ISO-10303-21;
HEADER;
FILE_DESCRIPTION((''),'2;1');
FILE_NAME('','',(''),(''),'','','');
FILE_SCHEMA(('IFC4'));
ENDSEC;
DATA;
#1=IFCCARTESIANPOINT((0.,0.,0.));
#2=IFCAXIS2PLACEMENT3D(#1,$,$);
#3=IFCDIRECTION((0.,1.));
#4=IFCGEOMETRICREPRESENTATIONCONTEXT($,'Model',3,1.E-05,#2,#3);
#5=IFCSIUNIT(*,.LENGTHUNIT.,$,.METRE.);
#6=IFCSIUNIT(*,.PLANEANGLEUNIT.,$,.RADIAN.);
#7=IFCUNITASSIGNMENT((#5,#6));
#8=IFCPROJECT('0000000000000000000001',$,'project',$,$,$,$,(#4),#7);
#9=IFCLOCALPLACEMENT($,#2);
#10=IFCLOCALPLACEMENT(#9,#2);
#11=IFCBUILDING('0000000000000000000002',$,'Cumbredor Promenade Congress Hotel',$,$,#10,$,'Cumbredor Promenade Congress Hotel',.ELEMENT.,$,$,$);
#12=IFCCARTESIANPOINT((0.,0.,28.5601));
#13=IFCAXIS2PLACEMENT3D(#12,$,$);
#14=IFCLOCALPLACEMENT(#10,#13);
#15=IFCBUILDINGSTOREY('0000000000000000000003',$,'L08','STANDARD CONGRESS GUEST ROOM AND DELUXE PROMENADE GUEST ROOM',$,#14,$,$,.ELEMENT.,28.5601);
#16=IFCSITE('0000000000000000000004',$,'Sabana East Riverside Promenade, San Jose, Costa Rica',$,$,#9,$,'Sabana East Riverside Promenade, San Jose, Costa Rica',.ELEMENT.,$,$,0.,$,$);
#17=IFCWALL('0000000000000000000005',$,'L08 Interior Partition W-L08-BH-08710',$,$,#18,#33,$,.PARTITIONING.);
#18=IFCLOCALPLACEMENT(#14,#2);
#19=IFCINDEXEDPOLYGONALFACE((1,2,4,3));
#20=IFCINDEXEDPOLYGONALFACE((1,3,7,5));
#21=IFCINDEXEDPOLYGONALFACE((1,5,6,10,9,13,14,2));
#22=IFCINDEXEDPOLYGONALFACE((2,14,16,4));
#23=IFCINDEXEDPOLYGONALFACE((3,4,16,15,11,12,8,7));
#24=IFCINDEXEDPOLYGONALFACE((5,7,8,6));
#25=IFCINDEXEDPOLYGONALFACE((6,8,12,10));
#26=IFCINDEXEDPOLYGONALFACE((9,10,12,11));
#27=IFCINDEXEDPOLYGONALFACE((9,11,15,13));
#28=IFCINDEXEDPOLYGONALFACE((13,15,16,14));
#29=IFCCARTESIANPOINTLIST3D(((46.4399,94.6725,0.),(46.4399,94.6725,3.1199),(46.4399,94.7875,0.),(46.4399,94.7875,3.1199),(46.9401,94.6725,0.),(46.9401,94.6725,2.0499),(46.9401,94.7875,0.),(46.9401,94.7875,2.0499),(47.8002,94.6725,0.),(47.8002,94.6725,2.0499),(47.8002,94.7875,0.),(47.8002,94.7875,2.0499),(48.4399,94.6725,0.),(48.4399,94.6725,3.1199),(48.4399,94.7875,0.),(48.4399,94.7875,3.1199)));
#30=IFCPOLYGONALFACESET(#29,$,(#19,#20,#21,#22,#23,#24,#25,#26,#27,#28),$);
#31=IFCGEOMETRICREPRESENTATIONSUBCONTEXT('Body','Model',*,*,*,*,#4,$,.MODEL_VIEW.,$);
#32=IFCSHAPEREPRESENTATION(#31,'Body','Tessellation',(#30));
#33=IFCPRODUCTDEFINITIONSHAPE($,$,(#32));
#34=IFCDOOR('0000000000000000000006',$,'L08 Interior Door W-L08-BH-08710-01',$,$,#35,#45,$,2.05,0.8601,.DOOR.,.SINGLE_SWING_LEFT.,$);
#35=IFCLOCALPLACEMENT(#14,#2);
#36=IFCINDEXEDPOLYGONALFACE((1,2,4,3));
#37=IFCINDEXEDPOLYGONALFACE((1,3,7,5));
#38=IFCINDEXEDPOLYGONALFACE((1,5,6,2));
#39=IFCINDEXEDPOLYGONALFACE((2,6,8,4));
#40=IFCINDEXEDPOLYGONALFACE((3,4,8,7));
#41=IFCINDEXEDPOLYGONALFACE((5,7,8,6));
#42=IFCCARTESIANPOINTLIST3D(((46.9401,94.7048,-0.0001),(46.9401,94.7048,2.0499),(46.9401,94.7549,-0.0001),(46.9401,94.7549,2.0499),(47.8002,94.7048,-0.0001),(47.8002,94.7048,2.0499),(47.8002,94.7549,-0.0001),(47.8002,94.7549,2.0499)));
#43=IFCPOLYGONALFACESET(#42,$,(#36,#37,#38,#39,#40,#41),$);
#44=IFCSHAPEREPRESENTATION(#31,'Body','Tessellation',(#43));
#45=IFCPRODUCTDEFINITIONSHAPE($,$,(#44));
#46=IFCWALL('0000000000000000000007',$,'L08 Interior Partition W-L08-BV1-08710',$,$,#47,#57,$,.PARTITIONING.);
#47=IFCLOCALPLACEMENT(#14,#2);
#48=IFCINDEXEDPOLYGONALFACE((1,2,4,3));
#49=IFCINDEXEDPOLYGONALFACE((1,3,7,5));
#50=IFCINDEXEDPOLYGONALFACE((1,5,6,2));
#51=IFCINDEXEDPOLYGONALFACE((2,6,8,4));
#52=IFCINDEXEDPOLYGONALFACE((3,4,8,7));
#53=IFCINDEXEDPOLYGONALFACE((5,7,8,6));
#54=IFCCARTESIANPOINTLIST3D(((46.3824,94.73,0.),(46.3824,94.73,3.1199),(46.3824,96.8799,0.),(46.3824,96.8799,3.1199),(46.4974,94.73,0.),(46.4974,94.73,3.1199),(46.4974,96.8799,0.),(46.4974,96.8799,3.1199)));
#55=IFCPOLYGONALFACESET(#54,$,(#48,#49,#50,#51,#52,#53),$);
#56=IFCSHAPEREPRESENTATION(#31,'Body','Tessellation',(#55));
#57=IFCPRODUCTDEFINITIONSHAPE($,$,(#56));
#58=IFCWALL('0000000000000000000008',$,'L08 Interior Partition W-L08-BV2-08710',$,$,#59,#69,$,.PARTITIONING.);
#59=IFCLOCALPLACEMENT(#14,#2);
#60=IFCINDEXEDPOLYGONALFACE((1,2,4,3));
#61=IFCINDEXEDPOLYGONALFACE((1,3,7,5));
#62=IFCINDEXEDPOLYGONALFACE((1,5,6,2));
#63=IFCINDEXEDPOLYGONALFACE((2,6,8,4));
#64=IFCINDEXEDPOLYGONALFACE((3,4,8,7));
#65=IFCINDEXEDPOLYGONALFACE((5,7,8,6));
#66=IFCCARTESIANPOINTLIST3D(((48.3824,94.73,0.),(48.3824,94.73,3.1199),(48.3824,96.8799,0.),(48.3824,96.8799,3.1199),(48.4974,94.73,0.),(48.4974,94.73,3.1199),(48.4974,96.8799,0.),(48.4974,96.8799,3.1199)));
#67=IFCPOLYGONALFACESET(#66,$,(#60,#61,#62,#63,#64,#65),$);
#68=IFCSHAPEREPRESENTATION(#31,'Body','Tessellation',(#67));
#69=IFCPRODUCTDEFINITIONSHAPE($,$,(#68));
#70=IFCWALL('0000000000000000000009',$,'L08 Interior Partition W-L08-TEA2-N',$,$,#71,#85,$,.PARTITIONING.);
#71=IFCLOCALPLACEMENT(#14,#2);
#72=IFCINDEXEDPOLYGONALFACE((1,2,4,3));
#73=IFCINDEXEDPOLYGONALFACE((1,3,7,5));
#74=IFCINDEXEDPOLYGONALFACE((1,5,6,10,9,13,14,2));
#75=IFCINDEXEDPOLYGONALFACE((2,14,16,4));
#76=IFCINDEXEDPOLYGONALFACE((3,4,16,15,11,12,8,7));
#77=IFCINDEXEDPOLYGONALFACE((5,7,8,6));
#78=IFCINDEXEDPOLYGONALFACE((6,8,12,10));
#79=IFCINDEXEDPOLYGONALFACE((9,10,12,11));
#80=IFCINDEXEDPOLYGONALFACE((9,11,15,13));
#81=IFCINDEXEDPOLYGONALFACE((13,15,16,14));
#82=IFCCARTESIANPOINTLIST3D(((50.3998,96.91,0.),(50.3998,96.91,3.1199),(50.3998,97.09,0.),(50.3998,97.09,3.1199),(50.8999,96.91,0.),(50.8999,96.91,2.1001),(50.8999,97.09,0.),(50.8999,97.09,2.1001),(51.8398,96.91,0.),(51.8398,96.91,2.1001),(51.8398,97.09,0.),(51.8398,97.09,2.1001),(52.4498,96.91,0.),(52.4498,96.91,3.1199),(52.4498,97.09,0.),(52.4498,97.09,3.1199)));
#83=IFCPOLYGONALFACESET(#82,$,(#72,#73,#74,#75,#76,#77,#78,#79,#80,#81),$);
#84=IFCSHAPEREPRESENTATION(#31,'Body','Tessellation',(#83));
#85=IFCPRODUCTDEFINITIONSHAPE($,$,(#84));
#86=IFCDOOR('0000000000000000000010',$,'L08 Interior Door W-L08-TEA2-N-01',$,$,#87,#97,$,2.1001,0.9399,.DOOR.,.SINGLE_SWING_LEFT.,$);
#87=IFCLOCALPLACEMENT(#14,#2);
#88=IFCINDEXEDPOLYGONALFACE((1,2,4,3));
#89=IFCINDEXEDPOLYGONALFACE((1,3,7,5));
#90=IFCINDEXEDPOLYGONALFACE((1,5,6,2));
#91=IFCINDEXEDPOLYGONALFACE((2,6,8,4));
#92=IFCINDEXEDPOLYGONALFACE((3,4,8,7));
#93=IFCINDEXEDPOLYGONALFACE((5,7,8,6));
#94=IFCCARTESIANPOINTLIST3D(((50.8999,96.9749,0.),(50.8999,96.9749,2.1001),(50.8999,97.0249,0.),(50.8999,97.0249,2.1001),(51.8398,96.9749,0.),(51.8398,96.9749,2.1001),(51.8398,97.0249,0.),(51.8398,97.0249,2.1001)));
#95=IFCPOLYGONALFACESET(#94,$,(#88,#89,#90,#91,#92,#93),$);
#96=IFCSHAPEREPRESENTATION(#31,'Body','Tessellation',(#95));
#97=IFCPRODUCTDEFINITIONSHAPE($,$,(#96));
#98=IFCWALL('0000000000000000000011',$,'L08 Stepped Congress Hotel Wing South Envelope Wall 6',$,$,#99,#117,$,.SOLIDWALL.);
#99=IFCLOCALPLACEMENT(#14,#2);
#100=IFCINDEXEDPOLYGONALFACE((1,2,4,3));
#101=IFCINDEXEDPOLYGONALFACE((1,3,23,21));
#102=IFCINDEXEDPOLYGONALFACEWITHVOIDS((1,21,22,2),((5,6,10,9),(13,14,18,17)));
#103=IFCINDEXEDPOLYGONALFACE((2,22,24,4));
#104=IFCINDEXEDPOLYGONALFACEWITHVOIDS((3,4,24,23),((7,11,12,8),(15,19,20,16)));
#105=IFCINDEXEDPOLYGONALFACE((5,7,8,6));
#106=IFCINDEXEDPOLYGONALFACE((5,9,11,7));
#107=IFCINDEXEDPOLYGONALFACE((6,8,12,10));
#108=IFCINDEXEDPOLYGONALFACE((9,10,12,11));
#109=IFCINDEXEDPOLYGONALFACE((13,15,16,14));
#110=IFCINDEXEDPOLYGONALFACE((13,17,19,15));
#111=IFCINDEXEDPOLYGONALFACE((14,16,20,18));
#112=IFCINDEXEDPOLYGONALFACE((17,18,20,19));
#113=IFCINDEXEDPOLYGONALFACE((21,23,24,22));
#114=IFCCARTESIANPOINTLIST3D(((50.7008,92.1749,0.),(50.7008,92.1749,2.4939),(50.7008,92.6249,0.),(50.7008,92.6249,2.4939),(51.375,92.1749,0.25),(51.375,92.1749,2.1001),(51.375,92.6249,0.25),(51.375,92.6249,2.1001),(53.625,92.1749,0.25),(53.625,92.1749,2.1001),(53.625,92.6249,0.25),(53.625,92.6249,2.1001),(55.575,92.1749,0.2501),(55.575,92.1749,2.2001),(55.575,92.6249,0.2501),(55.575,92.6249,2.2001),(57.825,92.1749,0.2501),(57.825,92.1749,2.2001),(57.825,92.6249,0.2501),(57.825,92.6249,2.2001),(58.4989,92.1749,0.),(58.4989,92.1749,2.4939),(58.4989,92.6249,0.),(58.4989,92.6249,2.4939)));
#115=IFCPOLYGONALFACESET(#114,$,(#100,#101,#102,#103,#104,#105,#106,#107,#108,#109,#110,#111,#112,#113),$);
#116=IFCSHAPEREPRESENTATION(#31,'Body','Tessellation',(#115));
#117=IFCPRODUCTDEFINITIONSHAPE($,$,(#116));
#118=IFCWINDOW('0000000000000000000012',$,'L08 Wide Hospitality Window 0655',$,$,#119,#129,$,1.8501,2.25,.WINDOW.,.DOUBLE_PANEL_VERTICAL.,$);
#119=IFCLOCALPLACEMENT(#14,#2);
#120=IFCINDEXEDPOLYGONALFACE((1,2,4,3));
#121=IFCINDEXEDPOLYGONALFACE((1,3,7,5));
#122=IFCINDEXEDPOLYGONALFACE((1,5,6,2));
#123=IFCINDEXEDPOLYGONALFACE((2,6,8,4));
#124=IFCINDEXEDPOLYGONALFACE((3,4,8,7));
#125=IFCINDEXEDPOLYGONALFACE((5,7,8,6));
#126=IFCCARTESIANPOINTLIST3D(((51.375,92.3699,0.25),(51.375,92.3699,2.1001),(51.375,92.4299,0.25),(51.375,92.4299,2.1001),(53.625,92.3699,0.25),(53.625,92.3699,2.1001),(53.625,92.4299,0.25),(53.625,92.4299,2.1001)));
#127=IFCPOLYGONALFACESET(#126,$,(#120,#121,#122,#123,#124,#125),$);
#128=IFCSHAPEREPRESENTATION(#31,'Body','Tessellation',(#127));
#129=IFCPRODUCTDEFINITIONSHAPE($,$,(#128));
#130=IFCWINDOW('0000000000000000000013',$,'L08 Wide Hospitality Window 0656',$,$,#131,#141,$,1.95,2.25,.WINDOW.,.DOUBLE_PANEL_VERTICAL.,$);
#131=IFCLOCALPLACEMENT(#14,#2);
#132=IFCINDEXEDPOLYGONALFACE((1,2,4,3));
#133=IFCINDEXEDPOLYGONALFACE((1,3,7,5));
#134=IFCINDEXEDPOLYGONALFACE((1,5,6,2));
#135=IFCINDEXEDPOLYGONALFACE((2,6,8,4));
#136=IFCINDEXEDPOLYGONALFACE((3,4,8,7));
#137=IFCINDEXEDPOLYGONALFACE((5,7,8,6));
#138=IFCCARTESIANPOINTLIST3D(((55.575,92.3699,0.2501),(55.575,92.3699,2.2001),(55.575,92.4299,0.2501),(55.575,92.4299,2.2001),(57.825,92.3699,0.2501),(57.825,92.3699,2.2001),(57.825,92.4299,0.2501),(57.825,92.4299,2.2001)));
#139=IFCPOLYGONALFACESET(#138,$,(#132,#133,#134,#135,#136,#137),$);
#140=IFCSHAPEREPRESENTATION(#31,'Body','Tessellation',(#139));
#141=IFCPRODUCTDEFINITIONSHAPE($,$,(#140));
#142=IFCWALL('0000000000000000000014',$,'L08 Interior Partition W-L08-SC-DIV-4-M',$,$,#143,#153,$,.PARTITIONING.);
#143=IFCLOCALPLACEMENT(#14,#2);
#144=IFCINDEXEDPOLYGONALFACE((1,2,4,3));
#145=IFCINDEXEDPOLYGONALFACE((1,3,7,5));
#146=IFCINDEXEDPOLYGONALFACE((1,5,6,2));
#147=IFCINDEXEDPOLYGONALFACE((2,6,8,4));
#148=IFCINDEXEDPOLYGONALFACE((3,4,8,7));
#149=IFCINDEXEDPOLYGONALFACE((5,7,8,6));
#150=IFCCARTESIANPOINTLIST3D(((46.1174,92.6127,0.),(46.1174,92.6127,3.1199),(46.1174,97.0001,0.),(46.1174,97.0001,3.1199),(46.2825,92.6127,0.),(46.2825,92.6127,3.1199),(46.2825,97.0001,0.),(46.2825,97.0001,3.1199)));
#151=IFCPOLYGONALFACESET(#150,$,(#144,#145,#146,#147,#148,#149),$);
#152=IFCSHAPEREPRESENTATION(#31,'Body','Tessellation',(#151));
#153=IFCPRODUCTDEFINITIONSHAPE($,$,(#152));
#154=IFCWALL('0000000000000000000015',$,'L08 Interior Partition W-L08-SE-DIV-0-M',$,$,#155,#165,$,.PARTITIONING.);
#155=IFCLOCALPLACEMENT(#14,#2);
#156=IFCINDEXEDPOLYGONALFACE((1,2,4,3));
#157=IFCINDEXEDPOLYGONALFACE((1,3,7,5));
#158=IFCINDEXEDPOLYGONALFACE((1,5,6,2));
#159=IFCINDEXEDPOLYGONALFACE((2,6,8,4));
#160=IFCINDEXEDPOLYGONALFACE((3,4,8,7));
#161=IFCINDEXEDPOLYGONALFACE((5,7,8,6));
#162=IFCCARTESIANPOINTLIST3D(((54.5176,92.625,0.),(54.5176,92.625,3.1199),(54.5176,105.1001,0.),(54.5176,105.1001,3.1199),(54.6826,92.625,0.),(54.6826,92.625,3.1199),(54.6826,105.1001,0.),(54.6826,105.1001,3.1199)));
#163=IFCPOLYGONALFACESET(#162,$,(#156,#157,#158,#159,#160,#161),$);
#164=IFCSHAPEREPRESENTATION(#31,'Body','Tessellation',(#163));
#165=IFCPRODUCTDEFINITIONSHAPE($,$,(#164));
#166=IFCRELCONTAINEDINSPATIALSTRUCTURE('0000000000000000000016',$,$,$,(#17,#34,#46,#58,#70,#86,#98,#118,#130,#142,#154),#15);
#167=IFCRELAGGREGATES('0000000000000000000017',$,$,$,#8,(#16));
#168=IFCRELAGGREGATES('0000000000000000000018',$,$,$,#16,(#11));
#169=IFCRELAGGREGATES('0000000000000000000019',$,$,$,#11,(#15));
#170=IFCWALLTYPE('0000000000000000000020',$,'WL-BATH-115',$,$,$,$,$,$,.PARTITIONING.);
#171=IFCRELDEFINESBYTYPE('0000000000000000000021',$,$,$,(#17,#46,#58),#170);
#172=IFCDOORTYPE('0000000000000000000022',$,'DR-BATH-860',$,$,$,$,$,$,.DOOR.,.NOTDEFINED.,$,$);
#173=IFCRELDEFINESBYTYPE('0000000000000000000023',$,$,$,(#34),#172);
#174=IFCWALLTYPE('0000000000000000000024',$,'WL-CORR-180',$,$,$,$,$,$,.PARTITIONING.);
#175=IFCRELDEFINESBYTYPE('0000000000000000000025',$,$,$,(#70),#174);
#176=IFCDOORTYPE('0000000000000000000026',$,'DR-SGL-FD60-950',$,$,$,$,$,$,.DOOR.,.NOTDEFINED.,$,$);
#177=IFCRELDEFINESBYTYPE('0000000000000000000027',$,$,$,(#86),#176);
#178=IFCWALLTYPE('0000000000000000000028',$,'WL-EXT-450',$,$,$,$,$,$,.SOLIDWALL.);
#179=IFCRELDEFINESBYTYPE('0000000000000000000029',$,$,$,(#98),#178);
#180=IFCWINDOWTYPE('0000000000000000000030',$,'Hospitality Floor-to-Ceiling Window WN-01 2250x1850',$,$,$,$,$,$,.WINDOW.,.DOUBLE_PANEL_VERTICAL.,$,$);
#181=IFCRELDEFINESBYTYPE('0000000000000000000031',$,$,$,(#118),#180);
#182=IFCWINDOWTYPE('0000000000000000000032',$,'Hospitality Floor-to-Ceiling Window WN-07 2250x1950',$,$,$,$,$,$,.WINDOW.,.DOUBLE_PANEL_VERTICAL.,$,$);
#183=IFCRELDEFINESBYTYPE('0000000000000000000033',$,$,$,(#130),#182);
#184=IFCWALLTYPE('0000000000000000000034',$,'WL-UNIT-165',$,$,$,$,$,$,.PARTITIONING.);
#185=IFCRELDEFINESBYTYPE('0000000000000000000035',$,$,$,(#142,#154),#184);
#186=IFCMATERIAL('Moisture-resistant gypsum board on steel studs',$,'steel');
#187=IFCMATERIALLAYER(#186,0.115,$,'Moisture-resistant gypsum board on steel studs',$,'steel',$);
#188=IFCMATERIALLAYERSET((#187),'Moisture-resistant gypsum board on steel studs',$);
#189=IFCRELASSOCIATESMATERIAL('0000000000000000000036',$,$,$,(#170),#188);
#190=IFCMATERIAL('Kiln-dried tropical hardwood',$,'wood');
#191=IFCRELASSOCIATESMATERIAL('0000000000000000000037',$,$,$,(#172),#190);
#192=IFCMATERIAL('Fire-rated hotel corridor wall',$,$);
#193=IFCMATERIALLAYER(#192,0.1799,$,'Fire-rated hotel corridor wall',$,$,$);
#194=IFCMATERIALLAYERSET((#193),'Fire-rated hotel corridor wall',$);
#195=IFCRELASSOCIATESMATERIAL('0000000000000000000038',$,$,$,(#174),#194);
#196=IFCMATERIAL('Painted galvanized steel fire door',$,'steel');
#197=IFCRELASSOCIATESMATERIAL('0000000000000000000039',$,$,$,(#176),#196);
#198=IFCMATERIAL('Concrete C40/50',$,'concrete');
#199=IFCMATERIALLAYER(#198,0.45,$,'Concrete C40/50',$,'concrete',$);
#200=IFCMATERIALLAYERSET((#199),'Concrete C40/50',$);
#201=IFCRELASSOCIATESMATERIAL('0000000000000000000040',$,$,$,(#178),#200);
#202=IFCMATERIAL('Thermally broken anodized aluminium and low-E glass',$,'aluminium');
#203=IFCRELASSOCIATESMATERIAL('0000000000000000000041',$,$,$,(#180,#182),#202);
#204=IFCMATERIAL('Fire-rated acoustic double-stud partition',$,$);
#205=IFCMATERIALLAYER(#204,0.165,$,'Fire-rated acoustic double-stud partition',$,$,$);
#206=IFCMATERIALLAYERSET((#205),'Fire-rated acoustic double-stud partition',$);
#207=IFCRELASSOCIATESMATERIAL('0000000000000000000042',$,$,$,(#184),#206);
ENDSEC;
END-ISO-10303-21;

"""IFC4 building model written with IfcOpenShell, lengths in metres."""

from ifc_helpers import new_model, si_unit, direction, frame, frame_2d, origin, place, context, subcontext, project, spatial, rectangle, extrude, material, layer, layer_set, type_object, element, fill, save


model = new_model("IFC4")

# Units and contexts
model_context = context("Model", 3, precision=1e-05, world=origin(), true_north=direction((0.0, 1.0)))
body_context = subcontext(model_context, "Body", "Model", "MODEL_VIEW")
ifc_project = project(units=[si_unit("LENGTHUNIT", "METRE"), si_unit("PLANEANGLEUNIT", "RADIAN")], contexts=[model_context])

# Site, building, storey
site_placement = place(None, origin())
site = spatial("IfcSite", under=ifc_project, at=site_placement, Name="Sabana East Riverside Promenade, San Jose, Costa Rica", LongName="Sabana East Riverside Promenade, San Jose, Costa Rica", CompositionType="ELEMENT", RefElevation=0.0)
building_placement = place(site_placement, origin())
building = spatial("IfcBuilding", under=site, at=building_placement, Name="Cumbredor Promenade Congress Hotel", LongName="Cumbredor Promenade Congress Hotel", CompositionType="ELEMENT")
storey_placement = place(building_placement, frame((0.0, 0.0, 28.5601)))
storey = spatial("IfcBuildingStorey", under=building, at=storey_placement, Name="L08", Description="STANDARD CONGRESS GUEST ROOM AND DELUXE PROMENADE GUEST ROOM", CompositionType="ELEMENT", Elevation=28.5601)

# Shared definitions
ifc_material_1 = material(Name="Concrete C40/50", Category="concrete")

# Shared definitions
ifc_material_2 = material(Name="Thermally broken anodized aluminium and low-E glass", Category="aluminium")
ifc_material_3 = material(Name="Kiln-dried tropical hardwood", Category="wood")

# Shared definitions
ifc_material_4 = material(Name="Moisture-resistant gypsum board on steel studs", Category="steel")
ifc_layer_1 = layer(ifc_material_4, 0.115, Name="Moisture-resistant gypsum board on steel studs", Category="steel")
ifc_layer_set_1 = layer_set([ifc_layer_1], Name="Moisture-resistant gypsum board on steel studs")
wall_type_1 = type_object("IfcWallType", Name="WL-BATH-115", PredefinedType="PARTITIONING", material=ifc_layer_set_1)

# Wall, opening, door
wall_1_placement = place(storey_placement, frame((46.4399, 94.73, 0.0), z_axis=(0.0, 0.0, 1.0), x_axis=(1.0, 0.0, 0.0)))
wall_1 = element("IfcWall", 1, at=wall_1_placement, inside=storey, type_object=wall_type_1, Name="L08 Interior Partition W-L08-BH-08710", PredefinedType="PARTITIONING", context=body_context, shape_type="SweptSolid", body=[
    extrude(rectangle(XDim=2.0, YDim=0.115, at=frame_2d((1.0, 0.0))), origin(), (0.0, 0.0, 1.0), 3.1199),
])
opening_1_placement = place(wall_1_placement, frame((0.5, 0.0, 0.0)))
opening_1 = element("IfcOpeningElement", 2, at=opening_1_placement, cuts=wall_1, PredefinedType="OPENING", context=body_context, shape_type="SweptSolid", body=[
    extrude(rectangle(XDim=0.8601, YDim=2.05, at=frame_2d((0.4302, 1.0249))), frame((0.0, 0.0674, 0.0), z_axis=(0.0, -1.0, 0.0), x_axis=(1.0, 0.0, 0.0)), (0.0, 0.0, 1.0), 0.135),
])
door_type_1 = type_object("IfcDoorType", Name="DR-BATH-860", OperationType="NOTDEFINED", PredefinedType="DOOR", material=ifc_material_3)
door_1_placement = place(opening_1_placement, origin())
door_1 = element("IfcDoor", 3, at=door_1_placement, inside=storey, type_object=door_type_1, Name="L08 Interior Door W-L08-BH-08710-01", OperationType="SINGLE_SWING_LEFT", OverallHeight=2.05, OverallWidth=0.8601, PredefinedType="DOOR", context=body_context, shape_type="SweptSolid", body=[
    extrude(rectangle(XDim=0.8601, YDim=2.05, at=frame_2d((0.4302, 1.0249))), frame((0.0, 0.0249, 0.0), z_axis=(0.0, -1.0, 0.0), x_axis=(1.0, 0.0, 0.0)), (0.0, 0.0, 1.0), 0.05),
])
fill(opening_1, door_1)

# Walls
for number, where, z_axis, x_axis, name in (
    (4, (46.4399, 94.73, 0.0), (0.0, 0.0, 1.0), (0.0, 1.0, 0.0), "L08 Interior Partition W-L08-BV1-08710"),
    (5, (48.4399, 94.73, 0.0), (0.0, 0.0, 1.0), (0.0, 1.0, 0.0), "L08 Interior Partition W-L08-BV2-08710"),
):
    element("IfcWall", number, at=place(storey_placement, frame(where, z_axis=z_axis, x_axis=x_axis)), inside=storey, type_object=wall_type_1, Name=name, PredefinedType="PARTITIONING", context=body_context, shape_type="SweptSolid", body=[
        extrude(rectangle(XDim=2.1499, YDim=0.115, at=frame_2d((1.075, 0.0))), origin(), (0.0, 0.0, 1.0), 3.1199),
    ])

# Wall, opening, door
ifc_material_5 = material(Name="Fire-rated hotel corridor wall")
ifc_layer_2 = layer(ifc_material_5, 0.1799, Name="Fire-rated hotel corridor wall")
ifc_layer_set_2 = layer_set([ifc_layer_2], Name="Fire-rated hotel corridor wall")
wall_type_2 = type_object("IfcWallType", Name="WL-CORR-180", PredefinedType="PARTITIONING", material=ifc_layer_set_2)
wall_2_placement = place(storey_placement, frame((50.3999, 97.0, 0.0), z_axis=(0.0, 0.0, 1.0), x_axis=(1.0, 0.0, 0.0)))
wall_2 = element("IfcWall", 6, at=wall_2_placement, inside=storey, type_object=wall_type_2, Name="L08 Interior Partition W-L08-TEA2-N", PredefinedType="PARTITIONING", context=body_context, shape_type="SweptSolid", body=[
    extrude(rectangle(XDim=2.05, YDim=0.1799, at=frame_2d((1.0249, 0.0))), origin(), (0.0, 0.0, 1.0), 3.1199),
])
opening_2_placement = place(wall_2_placement, frame((0.5, 0.0, 0.0)))
opening_2 = element("IfcOpeningElement", 7, at=opening_2_placement, cuts=wall_2, PredefinedType="OPENING", context=body_context, shape_type="SweptSolid", body=[
    extrude(rectangle(XDim=0.9399, YDim=2.1001, at=frame_2d((0.47, 1.05))), frame((0.0, 0.1001, 0.0), z_axis=(0.0, -1.0, 0.0), x_axis=(1.0, 0.0, 0.0)), (0.0, 0.0, 1.0), 0.2),
])
ifc_material_6 = material(Name="Painted galvanized steel fire door", Category="steel")
door_type_2 = type_object("IfcDoorType", Name="DR-SGL-FD60-950", OperationType="NOTDEFINED", PredefinedType="DOOR", material=ifc_material_6)
door_2_placement = place(opening_2_placement, origin())
door_2 = element("IfcDoor", 8, at=door_2_placement, inside=storey, type_object=door_type_2, Name="L08 Interior Door W-L08-TEA2-N-01", OperationType="SINGLE_SWING_LEFT", OverallHeight=2.1001, OverallWidth=0.9399, PredefinedType="DOOR", context=body_context, shape_type="SweptSolid", body=[
    extrude(rectangle(XDim=0.9399, YDim=2.1001, at=frame_2d((0.47, 1.05))), frame((0.0, 0.0249, 0.0), z_axis=(0.0, -1.0, 0.0), x_axis=(1.0, 0.0, 0.0)), (0.0, 0.0, 1.0), 0.05),
])
fill(opening_2, door_2)

# Wall, openings, windows
ifc_layer_3 = layer(ifc_material_1, 0.45, Name="Concrete C40/50", Category="concrete")
ifc_layer_set_3 = layer_set([ifc_layer_3], Name="Concrete C40/50")
wall_type_3 = type_object("IfcWallType", Name="WL-EXT-450", PredefinedType="SOLIDWALL", material=ifc_layer_set_3)
wall_3_placement = place(storey_placement, frame((50.7009, 92.3999, 0.0), z_axis=(0.0, 0.0, 1.0), x_axis=(1.0, 0.0, 0.0)))
wall_3 = element("IfcWall", 9, at=wall_3_placement, inside=storey, type_object=wall_type_3, Name="L08 Stepped Congress Hotel Wing South Envelope Wall 6", PredefinedType="SOLIDWALL", context=body_context, shape_type="SweptSolid", body=[
    extrude(rectangle(XDim=7.7981, YDim=0.45, at=frame_2d((3.8989, 0.0))), origin(), (0.0, 0.0, 1.0), 2.4939),
])
opening_3_placement = place(wall_3_placement, frame((0.6741, 0.0, 0.25)))
opening_3 = element("IfcOpeningElement", 10, at=opening_3_placement, cuts=wall_3, PredefinedType="OPENING", context=body_context, shape_type="SweptSolid", body=[
    extrude(rectangle(XDim=2.25, YDim=1.8501, at=frame_2d((1.125, 0.925))), frame((0.0, 0.2349, 0.0), z_axis=(0.0, -1.0, 0.0), x_axis=(1.0, 0.0, 0.0)), (0.0, 0.0, 1.0), 0.47),
])
opening_4_placement = place(wall_3_placement, frame((4.874, 0.0, 0.25)))
opening_4 = element("IfcOpeningElement", 11, at=opening_4_placement, cuts=wall_3, PredefinedType="OPENING", context=body_context, shape_type="SweptSolid", body=[
    extrude(rectangle(XDim=2.25, YDim=1.95, at=frame_2d((1.125, 0.9751))), frame((0.0, 0.2349, 0.0), z_axis=(0.0, -1.0, 0.0), x_axis=(1.0, 0.0, 0.0)), (0.0, 0.0, 1.0), 0.47),
])
window_type_1 = type_object("IfcWindowType", Name="Hospitality Floor-to-Ceiling Window WN-01 2250x1850", PartitioningType="DOUBLE_PANEL_VERTICAL", PredefinedType="WINDOW", material=ifc_material_2)
window_1_placement = place(opening_3_placement, origin())
window_1 = element("IfcWindow", 12, at=window_1_placement, inside=storey, type_object=window_type_1, Name="L08 Wide Hospitality Window 0655", OverallHeight=1.8501, OverallWidth=2.25, PartitioningType="DOUBLE_PANEL_VERTICAL", PredefinedType="WINDOW", context=body_context, shape_type="SweptSolid", body=[
    extrude(rectangle(XDim=2.25, YDim=1.8501, at=frame_2d((1.125, 0.925))), frame((0.0, 0.03, 0.0), z_axis=(0.0, -1.0, 0.0), x_axis=(1.0, 0.0, 0.0)), (0.0, 0.0, 1.0), 0.0601),
])
fill(opening_3, window_1)
window_type_2 = type_object("IfcWindowType", Name="Hospitality Floor-to-Ceiling Window WN-07 2250x1950", PartitioningType="DOUBLE_PANEL_VERTICAL", PredefinedType="WINDOW", material=ifc_material_2)
window_2_placement = place(opening_4_placement, origin())
window_2 = element("IfcWindow", 13, at=window_2_placement, inside=storey, type_object=window_type_2, Name="L08 Wide Hospitality Window 0656", OverallHeight=1.95, OverallWidth=2.25, PartitioningType="DOUBLE_PANEL_VERTICAL", PredefinedType="WINDOW", context=body_context, shape_type="SweptSolid", body=[
    extrude(rectangle(XDim=2.25, YDim=1.95, at=frame_2d((1.125, 0.9751))), frame((0.0, 0.03, 0.0), z_axis=(0.0, -1.0, 0.0), x_axis=(1.0, 0.0, 0.0)), (0.0, 0.0, 1.0), 0.0601),
])
fill(opening_4, window_2)

# Walls
ifc_material_7 = material(Name="Fire-rated acoustic double-stud partition")
ifc_layer_4 = layer(ifc_material_7, 0.165, Name="Fire-rated acoustic double-stud partition")
ifc_layer_set_4 = layer_set([ifc_layer_4], Name="Fire-rated acoustic double-stud partition")
wall_type_4 = type_object("IfcWallType", Name="WL-UNIT-165", PredefinedType="PARTITIONING", material=ifc_layer_set_4)
wall_4_placement = place(storey_placement, frame((46.2, 92.6125, 0.0), z_axis=(0.0, 0.0, 1.0), x_axis=(0.0, 1.0, 0.0)))
element("IfcWall", 14, at=wall_4_placement, inside=storey, type_object=wall_type_4, Name="L08 Interior Partition W-L08-SC-DIV-4-M", PredefinedType="PARTITIONING", context=body_context, shape_type="SweptSolid", body=[
    extrude(rectangle(XDim=4.3875, YDim=0.165, at=frame_2d((2.1938, 0.0))), origin(), (0.0, 0.0, 1.0), 3.1199),
])
wall_5_placement = place(storey_placement, frame((54.6001, 92.625, 0.0), z_axis=(0.0, 0.0, 1.0), x_axis=(0.0, 1.0, 0.0)))
element("IfcWall", 15, at=wall_5_placement, inside=storey, type_object=wall_type_4, Name="L08 Interior Partition W-L08-SE-DIV-0-M", PredefinedType="PARTITIONING", context=body_context, shape_type="SweptSolid", body=[
    extrude(rectangle(XDim=12.4751, YDim=0.165, at=frame_2d((6.2375, 0.0))), origin(), (0.0, 0.0, 1.0), 3.1199),
])

save(model, "model.ifc")
